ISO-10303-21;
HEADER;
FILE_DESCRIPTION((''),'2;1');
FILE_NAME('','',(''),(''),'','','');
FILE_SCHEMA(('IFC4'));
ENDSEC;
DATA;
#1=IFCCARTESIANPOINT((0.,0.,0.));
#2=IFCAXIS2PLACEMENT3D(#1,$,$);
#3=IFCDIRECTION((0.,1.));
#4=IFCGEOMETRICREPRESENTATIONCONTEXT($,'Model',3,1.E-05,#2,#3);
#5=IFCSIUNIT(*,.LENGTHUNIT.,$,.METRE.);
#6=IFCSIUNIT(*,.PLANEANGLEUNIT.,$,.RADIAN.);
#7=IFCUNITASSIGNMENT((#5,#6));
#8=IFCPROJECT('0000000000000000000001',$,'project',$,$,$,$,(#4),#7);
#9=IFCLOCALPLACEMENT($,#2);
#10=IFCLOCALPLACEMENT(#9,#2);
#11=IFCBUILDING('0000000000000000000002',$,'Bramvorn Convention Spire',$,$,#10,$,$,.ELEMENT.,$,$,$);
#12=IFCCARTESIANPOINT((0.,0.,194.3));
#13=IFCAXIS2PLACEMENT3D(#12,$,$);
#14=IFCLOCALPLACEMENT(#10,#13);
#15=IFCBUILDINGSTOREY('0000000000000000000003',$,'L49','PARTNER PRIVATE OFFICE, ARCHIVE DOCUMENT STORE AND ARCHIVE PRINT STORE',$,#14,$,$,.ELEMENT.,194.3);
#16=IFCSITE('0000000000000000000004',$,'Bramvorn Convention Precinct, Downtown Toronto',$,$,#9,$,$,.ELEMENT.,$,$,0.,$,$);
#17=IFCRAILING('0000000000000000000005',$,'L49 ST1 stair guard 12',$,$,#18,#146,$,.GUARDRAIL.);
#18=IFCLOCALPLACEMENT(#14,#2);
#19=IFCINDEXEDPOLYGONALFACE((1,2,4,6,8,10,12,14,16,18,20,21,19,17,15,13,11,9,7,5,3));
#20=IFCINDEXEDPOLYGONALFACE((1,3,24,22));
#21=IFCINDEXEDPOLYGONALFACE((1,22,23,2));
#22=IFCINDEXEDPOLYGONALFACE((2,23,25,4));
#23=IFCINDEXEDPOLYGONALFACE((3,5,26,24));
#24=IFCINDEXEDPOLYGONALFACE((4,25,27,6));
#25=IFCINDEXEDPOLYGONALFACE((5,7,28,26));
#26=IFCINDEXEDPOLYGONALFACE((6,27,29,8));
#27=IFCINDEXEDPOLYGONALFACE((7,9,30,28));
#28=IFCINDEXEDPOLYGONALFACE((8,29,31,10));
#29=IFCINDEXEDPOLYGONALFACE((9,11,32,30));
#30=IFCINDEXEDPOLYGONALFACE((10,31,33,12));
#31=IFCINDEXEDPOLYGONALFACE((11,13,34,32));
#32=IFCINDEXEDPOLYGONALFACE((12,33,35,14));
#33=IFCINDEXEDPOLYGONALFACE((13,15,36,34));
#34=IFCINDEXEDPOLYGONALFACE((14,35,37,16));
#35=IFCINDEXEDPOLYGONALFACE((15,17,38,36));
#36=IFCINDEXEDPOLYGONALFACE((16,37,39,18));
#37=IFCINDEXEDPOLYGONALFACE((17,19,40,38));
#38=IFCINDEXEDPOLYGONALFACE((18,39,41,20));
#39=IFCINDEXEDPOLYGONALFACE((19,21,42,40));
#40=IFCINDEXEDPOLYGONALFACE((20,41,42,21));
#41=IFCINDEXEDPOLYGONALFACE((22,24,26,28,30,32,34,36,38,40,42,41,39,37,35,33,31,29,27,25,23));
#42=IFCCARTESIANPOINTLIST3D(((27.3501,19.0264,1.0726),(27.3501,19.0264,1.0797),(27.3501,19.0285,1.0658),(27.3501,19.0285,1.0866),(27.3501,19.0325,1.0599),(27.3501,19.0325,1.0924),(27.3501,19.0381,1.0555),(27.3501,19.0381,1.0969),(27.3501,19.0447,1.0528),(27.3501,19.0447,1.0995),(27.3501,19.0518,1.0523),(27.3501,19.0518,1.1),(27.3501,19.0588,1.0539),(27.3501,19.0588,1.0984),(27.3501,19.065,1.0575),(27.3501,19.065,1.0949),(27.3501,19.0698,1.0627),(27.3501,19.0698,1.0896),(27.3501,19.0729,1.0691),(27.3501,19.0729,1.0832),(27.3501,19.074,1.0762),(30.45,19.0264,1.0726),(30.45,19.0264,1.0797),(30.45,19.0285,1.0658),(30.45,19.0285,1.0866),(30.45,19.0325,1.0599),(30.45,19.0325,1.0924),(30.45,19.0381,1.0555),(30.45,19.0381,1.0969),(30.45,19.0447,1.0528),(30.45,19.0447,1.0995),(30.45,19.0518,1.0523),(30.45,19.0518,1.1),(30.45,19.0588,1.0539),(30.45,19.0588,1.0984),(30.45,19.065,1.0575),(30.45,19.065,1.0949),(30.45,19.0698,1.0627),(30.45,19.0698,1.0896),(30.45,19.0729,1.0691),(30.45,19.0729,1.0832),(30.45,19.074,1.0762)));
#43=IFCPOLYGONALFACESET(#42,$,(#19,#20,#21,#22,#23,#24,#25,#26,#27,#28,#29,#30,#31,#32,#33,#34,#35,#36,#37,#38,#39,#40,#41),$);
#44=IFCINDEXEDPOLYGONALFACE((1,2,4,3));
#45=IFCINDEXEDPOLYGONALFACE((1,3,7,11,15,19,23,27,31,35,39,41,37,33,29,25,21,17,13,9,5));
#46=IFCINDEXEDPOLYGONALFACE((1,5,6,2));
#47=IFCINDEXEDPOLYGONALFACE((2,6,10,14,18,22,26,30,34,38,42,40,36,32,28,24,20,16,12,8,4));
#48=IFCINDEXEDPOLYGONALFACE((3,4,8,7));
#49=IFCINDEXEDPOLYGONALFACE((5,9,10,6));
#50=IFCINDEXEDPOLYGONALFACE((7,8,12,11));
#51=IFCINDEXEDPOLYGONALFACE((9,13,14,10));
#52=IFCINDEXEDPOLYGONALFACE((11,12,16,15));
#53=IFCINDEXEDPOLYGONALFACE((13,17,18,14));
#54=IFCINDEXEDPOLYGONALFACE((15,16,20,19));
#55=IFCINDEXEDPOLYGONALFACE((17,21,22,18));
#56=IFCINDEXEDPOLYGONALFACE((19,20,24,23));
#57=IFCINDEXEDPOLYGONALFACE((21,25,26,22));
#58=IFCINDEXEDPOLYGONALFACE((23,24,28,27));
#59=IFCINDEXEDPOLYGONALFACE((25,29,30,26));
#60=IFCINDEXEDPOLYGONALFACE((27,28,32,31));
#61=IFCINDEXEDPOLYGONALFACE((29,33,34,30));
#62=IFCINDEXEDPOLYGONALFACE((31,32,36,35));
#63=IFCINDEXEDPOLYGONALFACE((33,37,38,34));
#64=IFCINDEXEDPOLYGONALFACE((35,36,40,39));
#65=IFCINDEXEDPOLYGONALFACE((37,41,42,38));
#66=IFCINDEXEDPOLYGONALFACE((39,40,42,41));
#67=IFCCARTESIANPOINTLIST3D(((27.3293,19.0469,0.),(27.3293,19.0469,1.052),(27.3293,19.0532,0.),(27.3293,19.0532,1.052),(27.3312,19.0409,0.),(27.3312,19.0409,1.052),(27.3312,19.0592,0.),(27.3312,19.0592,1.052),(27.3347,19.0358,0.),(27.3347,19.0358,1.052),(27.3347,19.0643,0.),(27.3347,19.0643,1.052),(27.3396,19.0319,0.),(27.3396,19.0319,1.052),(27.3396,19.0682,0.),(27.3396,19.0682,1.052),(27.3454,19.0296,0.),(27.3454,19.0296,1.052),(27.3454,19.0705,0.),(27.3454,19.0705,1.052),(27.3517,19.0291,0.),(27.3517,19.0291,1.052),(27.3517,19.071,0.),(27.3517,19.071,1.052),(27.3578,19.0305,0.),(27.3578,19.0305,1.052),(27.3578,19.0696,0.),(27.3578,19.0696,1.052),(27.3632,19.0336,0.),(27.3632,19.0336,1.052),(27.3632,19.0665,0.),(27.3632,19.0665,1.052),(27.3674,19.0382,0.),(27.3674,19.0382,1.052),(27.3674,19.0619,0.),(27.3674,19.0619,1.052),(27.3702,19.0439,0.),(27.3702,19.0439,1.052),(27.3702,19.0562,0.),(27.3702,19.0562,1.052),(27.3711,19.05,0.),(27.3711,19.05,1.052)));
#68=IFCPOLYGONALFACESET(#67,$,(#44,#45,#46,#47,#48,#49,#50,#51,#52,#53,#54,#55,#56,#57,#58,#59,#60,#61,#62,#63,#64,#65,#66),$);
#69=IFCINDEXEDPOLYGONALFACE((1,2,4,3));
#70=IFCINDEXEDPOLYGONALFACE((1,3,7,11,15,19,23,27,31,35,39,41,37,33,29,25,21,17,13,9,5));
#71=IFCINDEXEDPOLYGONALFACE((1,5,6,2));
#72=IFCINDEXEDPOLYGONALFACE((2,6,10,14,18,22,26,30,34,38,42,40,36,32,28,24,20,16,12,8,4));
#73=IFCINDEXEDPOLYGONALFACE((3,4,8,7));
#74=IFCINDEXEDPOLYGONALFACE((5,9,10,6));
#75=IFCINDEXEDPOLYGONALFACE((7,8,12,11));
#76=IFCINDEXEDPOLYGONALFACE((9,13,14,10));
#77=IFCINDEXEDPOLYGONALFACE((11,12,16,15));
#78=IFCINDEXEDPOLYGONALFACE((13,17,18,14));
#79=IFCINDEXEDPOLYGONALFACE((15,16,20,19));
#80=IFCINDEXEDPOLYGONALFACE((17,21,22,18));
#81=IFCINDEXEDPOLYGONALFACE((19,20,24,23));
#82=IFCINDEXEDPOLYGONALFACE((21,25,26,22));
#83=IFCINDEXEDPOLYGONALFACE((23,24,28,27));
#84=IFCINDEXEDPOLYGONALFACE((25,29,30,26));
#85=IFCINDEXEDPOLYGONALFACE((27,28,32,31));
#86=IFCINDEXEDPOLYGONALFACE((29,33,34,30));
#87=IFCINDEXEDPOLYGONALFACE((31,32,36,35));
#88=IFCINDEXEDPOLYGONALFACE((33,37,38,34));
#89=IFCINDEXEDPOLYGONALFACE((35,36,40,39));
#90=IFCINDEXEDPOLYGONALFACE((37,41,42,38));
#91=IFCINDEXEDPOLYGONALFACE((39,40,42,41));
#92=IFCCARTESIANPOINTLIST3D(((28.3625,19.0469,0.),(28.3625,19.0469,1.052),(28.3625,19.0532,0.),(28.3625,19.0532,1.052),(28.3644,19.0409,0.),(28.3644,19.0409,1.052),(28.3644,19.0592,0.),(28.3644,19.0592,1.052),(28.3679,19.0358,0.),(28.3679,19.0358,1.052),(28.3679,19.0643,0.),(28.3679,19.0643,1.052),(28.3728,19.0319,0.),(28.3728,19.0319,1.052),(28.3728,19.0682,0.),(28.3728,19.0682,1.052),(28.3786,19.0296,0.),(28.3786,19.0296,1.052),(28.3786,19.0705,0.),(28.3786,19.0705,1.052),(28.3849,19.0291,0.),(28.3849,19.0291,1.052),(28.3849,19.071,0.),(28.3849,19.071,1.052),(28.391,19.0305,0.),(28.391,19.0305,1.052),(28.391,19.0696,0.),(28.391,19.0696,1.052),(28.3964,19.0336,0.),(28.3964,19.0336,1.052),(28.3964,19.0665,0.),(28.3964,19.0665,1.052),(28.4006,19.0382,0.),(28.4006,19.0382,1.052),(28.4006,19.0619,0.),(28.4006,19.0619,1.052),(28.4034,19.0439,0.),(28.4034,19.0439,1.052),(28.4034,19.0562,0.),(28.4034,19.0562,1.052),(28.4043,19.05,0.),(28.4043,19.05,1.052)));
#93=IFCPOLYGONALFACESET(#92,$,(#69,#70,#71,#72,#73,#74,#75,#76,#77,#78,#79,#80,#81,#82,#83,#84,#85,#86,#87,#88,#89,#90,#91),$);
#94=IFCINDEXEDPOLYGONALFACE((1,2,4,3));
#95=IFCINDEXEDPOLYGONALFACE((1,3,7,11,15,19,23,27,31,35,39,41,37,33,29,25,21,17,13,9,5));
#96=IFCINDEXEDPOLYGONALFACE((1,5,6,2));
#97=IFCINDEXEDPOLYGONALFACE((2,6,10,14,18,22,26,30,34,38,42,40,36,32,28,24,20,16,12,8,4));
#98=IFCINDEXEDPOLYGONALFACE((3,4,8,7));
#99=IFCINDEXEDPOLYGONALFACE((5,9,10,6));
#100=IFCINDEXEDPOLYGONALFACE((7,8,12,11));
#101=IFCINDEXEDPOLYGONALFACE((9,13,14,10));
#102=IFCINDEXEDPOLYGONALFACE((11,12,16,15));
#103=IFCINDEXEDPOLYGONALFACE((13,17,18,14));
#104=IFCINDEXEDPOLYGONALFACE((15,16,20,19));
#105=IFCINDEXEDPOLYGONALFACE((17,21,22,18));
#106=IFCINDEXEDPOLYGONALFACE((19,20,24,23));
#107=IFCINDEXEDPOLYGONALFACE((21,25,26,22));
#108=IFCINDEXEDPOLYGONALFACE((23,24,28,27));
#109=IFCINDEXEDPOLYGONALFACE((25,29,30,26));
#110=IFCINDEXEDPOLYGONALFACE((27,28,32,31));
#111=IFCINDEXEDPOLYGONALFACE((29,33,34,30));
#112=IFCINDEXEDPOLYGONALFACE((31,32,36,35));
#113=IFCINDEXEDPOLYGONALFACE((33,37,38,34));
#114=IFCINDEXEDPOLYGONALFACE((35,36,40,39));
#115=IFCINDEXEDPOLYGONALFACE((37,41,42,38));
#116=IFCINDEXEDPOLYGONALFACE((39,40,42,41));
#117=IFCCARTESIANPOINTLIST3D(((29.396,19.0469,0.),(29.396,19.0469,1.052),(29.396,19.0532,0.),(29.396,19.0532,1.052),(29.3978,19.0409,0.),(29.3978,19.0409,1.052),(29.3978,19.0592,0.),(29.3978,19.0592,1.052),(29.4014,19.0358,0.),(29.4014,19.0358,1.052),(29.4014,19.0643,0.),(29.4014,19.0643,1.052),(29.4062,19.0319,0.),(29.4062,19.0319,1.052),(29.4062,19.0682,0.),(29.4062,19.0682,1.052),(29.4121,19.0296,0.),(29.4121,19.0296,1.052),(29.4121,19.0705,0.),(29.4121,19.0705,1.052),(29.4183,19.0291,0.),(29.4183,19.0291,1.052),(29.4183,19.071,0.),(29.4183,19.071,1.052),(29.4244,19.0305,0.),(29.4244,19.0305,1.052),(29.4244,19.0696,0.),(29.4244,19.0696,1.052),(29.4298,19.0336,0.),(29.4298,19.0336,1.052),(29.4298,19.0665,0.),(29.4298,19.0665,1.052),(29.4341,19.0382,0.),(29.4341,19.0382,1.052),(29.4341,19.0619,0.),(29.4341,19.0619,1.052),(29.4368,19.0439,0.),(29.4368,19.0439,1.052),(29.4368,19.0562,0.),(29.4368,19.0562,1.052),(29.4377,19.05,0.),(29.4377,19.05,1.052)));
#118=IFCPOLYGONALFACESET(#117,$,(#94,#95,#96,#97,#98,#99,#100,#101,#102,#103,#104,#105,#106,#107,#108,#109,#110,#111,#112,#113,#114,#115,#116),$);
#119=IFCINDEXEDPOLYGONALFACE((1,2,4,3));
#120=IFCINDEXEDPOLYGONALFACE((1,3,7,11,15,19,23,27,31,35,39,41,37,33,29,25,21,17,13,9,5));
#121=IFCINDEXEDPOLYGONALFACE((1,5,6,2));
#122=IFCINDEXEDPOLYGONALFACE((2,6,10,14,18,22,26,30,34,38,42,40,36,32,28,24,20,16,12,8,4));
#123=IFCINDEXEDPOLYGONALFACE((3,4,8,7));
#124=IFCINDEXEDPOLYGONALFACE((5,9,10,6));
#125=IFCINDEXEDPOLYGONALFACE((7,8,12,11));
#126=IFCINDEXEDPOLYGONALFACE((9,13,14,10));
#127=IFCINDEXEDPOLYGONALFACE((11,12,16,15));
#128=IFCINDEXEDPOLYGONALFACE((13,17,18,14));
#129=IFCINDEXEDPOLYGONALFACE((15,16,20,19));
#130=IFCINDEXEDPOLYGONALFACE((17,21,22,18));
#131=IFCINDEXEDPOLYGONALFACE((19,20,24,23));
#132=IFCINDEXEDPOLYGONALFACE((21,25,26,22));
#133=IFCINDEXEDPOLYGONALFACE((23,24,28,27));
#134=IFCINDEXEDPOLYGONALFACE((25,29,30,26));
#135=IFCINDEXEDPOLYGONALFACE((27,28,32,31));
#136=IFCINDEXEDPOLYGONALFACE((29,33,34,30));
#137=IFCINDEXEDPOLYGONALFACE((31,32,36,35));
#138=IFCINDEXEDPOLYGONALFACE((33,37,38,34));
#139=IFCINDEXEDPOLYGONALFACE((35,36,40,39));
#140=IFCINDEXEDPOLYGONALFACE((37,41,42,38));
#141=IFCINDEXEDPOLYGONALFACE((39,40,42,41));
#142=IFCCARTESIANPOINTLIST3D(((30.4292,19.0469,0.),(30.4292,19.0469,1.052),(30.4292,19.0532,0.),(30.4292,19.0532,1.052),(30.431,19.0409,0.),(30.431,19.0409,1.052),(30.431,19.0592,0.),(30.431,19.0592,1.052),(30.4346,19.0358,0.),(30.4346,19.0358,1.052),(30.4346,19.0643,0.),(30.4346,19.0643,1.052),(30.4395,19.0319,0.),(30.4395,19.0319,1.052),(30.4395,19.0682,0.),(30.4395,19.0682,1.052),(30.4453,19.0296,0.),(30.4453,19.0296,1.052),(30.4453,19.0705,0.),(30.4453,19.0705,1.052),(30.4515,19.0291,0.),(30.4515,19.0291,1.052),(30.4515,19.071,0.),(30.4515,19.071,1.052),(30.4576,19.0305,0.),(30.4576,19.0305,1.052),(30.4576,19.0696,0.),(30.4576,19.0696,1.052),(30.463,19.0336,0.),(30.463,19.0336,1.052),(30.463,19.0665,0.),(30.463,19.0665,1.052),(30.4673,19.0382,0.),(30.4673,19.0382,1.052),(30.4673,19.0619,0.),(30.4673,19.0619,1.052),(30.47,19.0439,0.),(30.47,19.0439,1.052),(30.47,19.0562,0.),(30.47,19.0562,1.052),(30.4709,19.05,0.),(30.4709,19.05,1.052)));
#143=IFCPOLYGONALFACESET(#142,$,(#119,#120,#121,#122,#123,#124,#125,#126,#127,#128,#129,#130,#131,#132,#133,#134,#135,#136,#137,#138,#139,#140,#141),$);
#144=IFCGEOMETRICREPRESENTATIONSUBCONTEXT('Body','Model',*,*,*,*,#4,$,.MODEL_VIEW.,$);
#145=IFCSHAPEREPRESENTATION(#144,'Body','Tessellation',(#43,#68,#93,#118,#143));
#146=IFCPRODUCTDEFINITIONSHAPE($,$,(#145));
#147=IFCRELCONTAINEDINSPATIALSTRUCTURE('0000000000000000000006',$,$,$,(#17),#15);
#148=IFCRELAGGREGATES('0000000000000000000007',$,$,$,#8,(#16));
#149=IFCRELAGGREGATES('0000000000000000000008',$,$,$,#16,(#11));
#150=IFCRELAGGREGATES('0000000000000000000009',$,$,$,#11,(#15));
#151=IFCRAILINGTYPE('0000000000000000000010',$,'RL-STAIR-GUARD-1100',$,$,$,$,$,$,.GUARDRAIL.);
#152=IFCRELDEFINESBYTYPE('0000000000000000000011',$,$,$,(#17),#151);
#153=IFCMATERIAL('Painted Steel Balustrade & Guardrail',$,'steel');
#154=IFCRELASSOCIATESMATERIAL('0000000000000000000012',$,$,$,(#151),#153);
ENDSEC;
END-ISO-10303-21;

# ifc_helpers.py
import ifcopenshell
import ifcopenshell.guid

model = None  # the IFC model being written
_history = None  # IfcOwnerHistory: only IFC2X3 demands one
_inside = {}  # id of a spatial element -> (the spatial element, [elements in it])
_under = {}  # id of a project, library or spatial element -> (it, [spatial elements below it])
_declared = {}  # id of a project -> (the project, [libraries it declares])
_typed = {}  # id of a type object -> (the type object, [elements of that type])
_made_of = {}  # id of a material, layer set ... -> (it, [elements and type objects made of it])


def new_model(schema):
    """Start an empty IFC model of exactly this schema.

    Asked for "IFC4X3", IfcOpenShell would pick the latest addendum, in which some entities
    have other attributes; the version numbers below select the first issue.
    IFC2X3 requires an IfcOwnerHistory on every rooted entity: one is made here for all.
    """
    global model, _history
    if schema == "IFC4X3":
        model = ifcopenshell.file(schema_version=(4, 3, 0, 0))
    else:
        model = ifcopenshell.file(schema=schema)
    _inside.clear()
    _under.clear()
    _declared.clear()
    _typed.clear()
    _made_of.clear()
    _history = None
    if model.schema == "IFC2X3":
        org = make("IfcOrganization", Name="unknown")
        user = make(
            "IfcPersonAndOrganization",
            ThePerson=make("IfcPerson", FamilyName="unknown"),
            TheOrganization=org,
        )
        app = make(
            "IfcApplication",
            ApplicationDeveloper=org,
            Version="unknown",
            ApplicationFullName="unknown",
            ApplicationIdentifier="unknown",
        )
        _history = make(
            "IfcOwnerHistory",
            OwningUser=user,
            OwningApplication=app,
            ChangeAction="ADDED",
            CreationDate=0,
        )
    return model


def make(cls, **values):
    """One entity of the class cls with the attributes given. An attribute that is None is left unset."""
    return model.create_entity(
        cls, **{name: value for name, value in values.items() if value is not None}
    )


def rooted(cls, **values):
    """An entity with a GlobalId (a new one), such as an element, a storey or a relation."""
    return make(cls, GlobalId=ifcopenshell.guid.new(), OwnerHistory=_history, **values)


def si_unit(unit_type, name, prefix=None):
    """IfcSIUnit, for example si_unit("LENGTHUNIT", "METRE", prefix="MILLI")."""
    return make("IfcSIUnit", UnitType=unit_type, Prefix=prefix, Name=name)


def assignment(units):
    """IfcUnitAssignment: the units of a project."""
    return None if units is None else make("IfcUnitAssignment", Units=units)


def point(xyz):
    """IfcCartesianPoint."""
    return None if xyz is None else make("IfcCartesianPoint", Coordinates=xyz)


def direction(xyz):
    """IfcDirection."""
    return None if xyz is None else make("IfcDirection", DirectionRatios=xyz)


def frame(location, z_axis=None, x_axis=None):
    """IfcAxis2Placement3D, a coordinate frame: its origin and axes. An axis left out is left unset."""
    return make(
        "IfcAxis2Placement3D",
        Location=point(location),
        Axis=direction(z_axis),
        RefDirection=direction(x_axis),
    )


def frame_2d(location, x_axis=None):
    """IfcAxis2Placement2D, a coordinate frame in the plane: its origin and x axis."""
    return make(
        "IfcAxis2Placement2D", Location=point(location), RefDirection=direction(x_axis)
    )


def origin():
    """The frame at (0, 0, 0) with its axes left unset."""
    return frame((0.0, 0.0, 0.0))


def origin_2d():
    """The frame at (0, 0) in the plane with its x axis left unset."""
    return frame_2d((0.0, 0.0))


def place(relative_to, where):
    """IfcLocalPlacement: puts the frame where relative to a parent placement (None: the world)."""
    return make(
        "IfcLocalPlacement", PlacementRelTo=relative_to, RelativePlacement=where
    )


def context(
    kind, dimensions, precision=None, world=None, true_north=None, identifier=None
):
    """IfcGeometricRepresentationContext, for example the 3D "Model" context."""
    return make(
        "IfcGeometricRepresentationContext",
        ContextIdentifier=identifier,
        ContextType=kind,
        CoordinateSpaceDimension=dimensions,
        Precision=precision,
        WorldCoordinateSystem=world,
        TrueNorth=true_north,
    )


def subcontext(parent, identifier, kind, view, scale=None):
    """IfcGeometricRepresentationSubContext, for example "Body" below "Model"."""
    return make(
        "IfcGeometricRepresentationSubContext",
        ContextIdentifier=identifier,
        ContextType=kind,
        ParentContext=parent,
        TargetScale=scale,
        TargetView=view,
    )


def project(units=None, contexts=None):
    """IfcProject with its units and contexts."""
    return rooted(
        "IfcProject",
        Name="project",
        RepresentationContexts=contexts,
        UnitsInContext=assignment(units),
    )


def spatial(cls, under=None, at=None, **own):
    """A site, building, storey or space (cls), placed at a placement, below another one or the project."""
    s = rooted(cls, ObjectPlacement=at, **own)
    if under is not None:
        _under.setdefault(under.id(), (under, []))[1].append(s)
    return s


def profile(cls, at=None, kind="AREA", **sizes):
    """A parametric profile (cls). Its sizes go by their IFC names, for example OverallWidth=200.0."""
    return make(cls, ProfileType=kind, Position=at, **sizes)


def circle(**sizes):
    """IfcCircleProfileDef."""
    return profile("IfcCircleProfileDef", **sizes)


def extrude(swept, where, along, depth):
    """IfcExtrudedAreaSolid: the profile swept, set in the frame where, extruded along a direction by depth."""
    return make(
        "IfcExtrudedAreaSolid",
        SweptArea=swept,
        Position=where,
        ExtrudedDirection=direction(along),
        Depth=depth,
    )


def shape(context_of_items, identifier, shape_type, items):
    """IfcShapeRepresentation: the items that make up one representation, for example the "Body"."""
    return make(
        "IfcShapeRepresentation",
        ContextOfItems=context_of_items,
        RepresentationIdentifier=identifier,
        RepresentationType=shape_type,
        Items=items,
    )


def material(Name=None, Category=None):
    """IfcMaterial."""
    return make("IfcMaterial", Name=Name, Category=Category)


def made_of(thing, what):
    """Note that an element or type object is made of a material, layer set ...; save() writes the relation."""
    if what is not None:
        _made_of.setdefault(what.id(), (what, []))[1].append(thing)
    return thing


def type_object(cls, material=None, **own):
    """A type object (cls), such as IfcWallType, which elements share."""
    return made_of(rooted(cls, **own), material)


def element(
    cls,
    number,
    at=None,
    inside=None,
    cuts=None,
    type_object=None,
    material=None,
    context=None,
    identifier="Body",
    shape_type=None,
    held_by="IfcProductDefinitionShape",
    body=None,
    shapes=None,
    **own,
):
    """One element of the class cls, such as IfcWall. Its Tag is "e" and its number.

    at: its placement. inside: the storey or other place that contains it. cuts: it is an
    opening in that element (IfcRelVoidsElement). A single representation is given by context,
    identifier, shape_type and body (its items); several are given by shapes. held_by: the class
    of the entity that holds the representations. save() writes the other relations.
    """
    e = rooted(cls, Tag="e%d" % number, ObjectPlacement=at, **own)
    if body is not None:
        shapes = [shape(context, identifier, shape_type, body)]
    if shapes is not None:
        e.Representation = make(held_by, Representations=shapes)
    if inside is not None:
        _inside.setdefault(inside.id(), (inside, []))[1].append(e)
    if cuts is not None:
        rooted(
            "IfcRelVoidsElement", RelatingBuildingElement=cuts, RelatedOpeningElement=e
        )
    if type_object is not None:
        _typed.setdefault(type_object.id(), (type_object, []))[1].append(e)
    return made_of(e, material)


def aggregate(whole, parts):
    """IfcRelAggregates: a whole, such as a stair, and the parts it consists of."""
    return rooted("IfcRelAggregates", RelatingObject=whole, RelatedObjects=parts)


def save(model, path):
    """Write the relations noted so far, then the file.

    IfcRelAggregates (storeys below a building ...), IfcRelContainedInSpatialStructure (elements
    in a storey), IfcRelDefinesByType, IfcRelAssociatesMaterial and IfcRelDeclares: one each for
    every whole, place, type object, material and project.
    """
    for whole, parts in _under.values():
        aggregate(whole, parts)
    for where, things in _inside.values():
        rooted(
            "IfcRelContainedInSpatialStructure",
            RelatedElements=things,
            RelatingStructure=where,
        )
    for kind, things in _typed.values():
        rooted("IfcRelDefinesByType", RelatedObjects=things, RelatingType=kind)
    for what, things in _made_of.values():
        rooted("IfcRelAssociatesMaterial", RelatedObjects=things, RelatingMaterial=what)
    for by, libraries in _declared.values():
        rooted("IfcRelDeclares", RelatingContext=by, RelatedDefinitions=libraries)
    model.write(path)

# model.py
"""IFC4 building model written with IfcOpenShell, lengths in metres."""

from ifc_helpers import new_model, si_unit, direction, frame, origin, origin_2d, place, context, subcontext, project, spatial, circle, extrude, material, type_object, element, save


model = new_model("IFC4")

# Units and contexts
model_context = context("Model", 3, precision=1e-05, world=origin(), true_north=direction((0.0, 1.0)))
body_context = subcontext(model_context, "Body", "Model", "MODEL_VIEW")
ifc_project = project(units=[si_unit("LENGTHUNIT", "METRE"), si_unit("PLANEANGLEUNIT", "RADIAN")], contexts=[model_context])

# Site, building, storey
site_placement = place(None, origin())
site = spatial("IfcSite", under=ifc_project, at=site_placement, Name="Bramvorn Convention Precinct, Downtown Toronto", CompositionType="ELEMENT", RefElevation=0.0)
building_placement = place(site_placement, origin())
building = spatial("IfcBuilding", under=site, at=building_placement, Name="Bramvorn Convention Spire", CompositionType="ELEMENT")
storey_placement = place(building_placement, frame((0.0, 0.0, 194.3)))
storey = spatial("IfcBuildingStorey", under=building, at=storey_placement, Name="L49", Description="PARTNER PRIVATE OFFICE, ARCHIVE DOCUMENT STORE AND ARCHIVE PRINT STORE", CompositionType="ELEMENT", Elevation=194.3)

# Railing
ifc_material_1 = material(Name="Painted Steel Balustrade & Guardrail", Category="steel")
railing_type_1 = type_object("IfcRailingType", Name="RL-STAIR-GUARD-1100", PredefinedType="GUARDRAIL", material=ifc_material_1)
railing_1_placement = place(storey_placement, frame((27.3501, 19.05, 0.0)))
element("IfcRailing", 1, at=railing_1_placement, inside=storey, type_object=railing_type_1, Name="L49 ST1 stair guard 12", PredefinedType="GUARDRAIL", context=body_context, shape_type="SweptSolid", body=[
    extrude(circle(Radius=0.0239, at=origin_2d()), frame((0.0, 0.0, 1.0762), z_axis=(1.0, 0.0, 0.0), x_axis=(0.0, 1.0, 0.0)), (0.0, 0.0, 1.0), 3.0999),
    extrude(circle(Radius=0.021, at=origin_2d()), origin(), (0.0, 0.0, 1.0), 1.052),
    extrude(circle(Radius=0.021, at=origin_2d()), frame((1.0332, 0.0, 0.0)), (0.0, 0.0, 1.0), 1.052),
    extrude(circle(Radius=0.021, at=origin_2d()), frame((2.0667, 0.0, 0.0)), (0.0, 0.0, 1.0), 1.052),
    extrude(circle(Radius=0.021, at=origin_2d()), frame((3.0999, 0.0, 0.0)), (0.0, 0.0, 1.0), 1.052),
])

save(model, "model.ifc")
